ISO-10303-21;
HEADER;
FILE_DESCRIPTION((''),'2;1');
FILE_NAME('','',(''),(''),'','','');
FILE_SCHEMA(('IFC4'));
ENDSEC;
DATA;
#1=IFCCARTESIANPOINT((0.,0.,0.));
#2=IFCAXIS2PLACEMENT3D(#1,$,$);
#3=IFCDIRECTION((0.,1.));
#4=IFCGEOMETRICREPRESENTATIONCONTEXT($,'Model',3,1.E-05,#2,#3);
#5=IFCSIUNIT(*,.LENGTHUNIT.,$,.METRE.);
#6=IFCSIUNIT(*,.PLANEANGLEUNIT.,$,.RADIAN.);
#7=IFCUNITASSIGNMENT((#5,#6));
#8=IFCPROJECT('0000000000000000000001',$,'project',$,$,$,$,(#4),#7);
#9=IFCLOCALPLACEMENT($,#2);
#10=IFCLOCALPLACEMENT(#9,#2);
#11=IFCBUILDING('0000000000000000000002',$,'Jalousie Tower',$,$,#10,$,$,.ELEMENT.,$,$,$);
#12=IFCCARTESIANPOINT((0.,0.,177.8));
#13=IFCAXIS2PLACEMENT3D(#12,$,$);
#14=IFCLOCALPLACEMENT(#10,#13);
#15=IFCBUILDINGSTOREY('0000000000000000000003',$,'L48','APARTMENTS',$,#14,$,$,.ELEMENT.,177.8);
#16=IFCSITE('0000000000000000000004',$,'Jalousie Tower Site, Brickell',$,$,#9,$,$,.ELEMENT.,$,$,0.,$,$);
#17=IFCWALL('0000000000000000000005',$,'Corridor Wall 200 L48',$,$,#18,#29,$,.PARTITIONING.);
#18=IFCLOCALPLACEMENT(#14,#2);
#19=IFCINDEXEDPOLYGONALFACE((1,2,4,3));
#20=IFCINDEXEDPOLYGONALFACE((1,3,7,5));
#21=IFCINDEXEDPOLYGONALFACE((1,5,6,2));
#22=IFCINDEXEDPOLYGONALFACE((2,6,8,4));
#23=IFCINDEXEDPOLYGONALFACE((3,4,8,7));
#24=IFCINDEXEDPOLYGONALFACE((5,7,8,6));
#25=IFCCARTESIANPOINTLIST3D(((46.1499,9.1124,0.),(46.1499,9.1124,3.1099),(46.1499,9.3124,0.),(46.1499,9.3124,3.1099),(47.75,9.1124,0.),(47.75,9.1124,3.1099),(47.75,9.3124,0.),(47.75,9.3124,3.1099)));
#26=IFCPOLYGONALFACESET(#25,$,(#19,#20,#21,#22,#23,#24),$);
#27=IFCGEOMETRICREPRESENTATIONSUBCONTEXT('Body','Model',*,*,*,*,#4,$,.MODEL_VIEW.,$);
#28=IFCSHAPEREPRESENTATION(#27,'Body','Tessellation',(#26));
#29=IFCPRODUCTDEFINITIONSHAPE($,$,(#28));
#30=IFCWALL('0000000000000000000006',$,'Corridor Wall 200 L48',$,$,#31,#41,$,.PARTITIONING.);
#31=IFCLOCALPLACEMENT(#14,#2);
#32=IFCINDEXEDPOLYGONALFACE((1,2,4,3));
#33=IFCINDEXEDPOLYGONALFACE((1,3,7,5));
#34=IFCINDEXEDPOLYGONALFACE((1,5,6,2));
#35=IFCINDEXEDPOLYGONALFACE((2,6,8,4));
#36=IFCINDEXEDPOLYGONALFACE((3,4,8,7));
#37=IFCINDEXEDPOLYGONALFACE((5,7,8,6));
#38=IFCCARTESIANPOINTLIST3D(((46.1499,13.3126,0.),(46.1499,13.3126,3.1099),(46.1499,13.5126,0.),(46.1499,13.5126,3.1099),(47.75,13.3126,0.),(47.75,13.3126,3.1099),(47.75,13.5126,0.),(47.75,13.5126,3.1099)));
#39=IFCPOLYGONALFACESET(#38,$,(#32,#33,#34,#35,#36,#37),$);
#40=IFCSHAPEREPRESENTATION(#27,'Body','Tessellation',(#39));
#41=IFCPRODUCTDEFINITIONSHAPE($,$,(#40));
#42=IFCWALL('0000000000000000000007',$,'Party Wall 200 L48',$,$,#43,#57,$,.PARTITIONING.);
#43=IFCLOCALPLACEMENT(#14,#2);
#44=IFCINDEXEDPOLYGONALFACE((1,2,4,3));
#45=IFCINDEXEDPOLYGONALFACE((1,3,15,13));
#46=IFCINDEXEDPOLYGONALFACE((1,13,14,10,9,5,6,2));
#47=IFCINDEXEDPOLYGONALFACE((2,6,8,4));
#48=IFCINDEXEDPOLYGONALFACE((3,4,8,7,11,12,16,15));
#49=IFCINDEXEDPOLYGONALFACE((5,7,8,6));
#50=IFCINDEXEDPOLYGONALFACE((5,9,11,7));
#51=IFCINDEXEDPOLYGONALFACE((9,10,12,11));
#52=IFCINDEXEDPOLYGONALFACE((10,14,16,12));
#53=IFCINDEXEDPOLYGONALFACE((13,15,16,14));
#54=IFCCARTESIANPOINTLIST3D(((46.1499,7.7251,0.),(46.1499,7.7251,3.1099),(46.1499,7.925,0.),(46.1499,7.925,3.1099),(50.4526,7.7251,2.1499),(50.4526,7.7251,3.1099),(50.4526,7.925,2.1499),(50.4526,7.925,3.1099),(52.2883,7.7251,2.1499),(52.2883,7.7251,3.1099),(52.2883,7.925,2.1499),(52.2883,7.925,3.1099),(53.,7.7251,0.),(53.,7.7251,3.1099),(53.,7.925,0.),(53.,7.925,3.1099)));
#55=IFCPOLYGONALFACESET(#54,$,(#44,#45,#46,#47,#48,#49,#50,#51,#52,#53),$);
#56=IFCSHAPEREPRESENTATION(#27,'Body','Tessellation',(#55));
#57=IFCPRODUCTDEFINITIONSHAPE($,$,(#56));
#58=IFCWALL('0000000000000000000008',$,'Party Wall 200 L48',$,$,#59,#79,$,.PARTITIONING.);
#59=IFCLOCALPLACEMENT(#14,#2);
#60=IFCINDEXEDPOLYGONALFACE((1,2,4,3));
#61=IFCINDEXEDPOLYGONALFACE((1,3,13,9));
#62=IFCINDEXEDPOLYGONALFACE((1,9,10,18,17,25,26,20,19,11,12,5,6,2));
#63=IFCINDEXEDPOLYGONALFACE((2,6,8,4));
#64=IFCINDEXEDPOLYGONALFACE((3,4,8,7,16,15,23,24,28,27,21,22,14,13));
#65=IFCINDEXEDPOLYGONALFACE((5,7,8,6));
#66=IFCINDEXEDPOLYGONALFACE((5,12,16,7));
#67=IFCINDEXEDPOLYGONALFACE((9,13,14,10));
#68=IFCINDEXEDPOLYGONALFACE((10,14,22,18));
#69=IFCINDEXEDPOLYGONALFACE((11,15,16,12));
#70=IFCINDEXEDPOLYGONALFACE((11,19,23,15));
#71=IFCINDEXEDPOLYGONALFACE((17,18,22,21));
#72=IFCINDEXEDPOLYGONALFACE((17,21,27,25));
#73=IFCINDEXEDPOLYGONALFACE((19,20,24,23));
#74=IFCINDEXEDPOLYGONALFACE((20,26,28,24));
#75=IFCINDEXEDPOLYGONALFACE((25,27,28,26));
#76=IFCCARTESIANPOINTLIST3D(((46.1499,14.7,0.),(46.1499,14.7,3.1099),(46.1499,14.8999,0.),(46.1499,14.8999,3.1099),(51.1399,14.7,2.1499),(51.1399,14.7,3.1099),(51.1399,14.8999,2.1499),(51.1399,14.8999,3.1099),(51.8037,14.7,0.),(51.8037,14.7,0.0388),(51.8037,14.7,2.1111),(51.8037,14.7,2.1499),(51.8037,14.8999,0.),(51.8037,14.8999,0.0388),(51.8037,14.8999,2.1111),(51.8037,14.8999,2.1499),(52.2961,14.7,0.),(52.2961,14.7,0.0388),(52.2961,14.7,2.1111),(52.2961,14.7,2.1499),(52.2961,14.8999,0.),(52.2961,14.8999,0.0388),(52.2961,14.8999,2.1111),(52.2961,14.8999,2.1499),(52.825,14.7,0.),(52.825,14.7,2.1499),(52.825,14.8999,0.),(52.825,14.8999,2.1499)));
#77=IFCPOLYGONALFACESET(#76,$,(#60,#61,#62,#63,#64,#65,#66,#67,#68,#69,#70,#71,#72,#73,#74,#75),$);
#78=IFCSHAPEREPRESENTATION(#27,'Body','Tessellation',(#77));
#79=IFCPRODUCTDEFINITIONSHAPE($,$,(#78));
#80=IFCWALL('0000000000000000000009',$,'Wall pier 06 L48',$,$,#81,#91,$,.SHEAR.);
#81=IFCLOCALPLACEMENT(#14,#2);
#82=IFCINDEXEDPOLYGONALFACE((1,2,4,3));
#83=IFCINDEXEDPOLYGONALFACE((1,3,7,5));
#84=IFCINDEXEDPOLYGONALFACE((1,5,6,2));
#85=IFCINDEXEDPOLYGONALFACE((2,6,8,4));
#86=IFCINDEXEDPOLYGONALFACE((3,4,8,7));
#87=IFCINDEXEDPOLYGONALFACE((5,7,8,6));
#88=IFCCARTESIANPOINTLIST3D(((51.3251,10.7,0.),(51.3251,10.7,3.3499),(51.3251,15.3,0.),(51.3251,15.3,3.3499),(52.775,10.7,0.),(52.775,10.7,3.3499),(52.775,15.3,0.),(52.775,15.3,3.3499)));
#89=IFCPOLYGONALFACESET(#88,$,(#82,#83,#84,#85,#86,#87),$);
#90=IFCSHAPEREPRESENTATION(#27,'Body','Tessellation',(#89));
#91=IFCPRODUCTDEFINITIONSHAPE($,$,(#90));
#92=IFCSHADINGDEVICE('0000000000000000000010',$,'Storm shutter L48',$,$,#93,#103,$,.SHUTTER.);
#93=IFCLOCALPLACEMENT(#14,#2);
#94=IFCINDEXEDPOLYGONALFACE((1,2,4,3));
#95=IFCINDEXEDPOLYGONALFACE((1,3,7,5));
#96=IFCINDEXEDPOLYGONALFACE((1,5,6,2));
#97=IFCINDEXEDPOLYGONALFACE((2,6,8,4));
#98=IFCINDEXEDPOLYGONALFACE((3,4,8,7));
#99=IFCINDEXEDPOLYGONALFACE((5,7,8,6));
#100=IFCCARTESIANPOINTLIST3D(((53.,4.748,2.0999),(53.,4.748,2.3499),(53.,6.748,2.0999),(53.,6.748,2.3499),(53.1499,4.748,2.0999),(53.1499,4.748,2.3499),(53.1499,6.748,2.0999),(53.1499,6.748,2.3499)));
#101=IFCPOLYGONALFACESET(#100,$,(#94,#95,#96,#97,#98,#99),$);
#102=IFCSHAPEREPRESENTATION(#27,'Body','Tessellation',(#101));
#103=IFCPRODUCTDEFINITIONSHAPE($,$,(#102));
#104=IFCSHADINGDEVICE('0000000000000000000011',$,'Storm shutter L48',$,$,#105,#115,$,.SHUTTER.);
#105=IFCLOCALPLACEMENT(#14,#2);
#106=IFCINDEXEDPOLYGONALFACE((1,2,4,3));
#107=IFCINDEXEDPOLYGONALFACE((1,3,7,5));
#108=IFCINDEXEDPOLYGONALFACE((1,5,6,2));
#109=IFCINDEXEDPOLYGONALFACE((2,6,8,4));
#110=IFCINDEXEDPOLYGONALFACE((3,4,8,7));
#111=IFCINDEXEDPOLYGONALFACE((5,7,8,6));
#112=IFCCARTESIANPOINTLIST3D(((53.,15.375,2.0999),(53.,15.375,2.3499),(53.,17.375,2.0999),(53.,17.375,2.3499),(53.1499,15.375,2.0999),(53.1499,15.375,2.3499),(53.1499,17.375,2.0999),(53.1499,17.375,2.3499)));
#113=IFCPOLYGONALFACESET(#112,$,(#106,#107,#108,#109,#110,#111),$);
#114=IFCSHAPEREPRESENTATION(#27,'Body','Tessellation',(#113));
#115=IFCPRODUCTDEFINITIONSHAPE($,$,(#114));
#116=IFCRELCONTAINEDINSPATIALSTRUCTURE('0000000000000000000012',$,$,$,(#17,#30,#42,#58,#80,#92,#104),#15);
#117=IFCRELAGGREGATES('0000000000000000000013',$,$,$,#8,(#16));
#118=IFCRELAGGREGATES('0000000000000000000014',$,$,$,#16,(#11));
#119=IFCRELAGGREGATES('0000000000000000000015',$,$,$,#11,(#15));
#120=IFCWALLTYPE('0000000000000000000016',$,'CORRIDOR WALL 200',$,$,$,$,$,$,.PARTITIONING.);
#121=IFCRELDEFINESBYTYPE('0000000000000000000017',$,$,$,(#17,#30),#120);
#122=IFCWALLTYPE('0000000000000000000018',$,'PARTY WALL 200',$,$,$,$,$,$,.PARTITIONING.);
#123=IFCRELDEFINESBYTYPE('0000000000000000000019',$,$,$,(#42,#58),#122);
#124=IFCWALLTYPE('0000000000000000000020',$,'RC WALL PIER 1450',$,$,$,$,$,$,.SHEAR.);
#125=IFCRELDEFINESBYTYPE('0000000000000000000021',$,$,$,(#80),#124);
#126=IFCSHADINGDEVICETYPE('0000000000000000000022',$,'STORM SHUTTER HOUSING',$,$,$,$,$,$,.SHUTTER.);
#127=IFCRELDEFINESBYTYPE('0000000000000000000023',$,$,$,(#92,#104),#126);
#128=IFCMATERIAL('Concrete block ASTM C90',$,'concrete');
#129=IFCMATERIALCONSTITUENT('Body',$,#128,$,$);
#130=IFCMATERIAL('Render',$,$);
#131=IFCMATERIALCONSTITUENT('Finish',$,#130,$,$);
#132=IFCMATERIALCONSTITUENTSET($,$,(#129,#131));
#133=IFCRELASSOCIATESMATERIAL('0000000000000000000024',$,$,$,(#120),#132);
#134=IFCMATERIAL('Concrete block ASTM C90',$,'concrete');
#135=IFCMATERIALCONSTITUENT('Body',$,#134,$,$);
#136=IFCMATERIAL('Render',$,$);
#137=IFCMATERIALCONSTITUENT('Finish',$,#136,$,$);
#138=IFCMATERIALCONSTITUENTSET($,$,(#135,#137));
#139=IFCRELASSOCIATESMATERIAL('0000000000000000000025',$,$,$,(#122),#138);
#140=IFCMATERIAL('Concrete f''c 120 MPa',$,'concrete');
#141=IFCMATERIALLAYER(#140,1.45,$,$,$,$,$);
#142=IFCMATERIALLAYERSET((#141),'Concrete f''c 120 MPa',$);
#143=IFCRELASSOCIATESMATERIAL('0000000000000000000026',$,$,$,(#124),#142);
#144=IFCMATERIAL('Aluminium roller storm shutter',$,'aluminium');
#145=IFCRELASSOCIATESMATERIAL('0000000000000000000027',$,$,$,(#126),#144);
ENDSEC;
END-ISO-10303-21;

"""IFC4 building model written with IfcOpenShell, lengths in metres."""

from ifc_helpers import new_model, si_unit, direction, frame, frame_2d, origin, origin_2d, place, context, subcontext, project, spatial, polyline, rectangle, outline, extrude, material, layer, layer_set, constituent, constituent_set, type_object, element, save


model = new_model("IFC4")

# Units and contexts
model_context = context("Model", 3, precision=1e-05, world=origin(), true_north=direction((0.0, 1.0)))
body_context = subcontext(model_context, "Body", "Model", "MODEL_VIEW")
ifc_project = project(units=[si_unit("LENGTHUNIT", "METRE"), si_unit("PLANEANGLEUNIT", "RADIAN")], contexts=[model_context])

# Site, building, storey
site_placement = place(None, origin())
site = spatial("IfcSite", under=ifc_project, at=site_placement, Name="Jalousie Tower Site, Brickell", CompositionType="ELEMENT", RefElevation=0.0)
building_placement = place(site_placement, origin())
building = spatial("IfcBuilding", under=site, at=building_placement, Name="Jalousie Tower", CompositionType="ELEMENT")
storey_placement = place(building_placement, frame((0.0, 0.0, 177.8)))
storey = spatial("IfcBuildingStorey", under=building, at=storey_placement, Name="L48", Description="APARTMENTS", CompositionType="ELEMENT", Elevation=177.8)

# Shared definitions
ifc_material_1 = material(Name="Concrete block ASTM C90", Category="concrete")
ifc_constituent_1 = constituent(ifc_material_1, Name="Body")
ifc_material_2 = material(Name="Render")
ifc_constituent_2 = constituent(ifc_material_2, Name="Finish")
ifc_constituent_set_1 = constituent_set(constituents=[ifc_constituent_1, ifc_constituent_2])
wall_type_1 = type_object("IfcWallType", Name="CORRIDOR WALL 200", PredefinedType="PARTITIONING", material=ifc_constituent_set_1)

# Walls
for number, where, z_axis, x_axis, name in (
    (1, (46.1499, 9.2124, 0.0), (0.0, 0.0, 1.0), (1.0, 0.0, 0.0), "Corridor Wall 200 L48"),
    (2, (46.1499, 13.4126, 0.0), (0.0, 0.0, 1.0), (1.0, 0.0, 0.0), "Corridor Wall 200 L48"),
):
    element("IfcWall", number, at=place(storey_placement, frame(where, z_axis=z_axis, x_axis=x_axis)), inside=storey, type_object=wall_type_1, Name=name, PredefinedType="PARTITIONING", context=body_context, shape_type="SweptSolid", body=[
        extrude(rectangle(XDim=1.6001, YDim=0.2, at=frame_2d((0.8, 0.0))), origin(), (0.0, 0.0, 1.0), 3.1099),
    ])
ifc_material_3 = material(Name="Concrete block ASTM C90", Category="concrete")
ifc_constituent_3 = constituent(ifc_material_3, Name="Body")
ifc_material_4 = material(Name="Render")
ifc_constituent_4 = constituent(ifc_material_4, Name="Finish")
ifc_constituent_set_2 = constituent_set(constituents=[ifc_constituent_3, ifc_constituent_4])
wall_type_2 = type_object("IfcWallType", Name="PARTY WALL 200", PredefinedType="PARTITIONING", material=ifc_constituent_set_2)
wall_1_placement = place(storey_placement, frame((46.1499, 7.825, 0.0), z_axis=(0.0, 0.0, 1.0), x_axis=(1.0, 0.0, 0.0)))
element("IfcWall", 3, at=wall_1_placement, inside=storey, type_object=wall_type_2, Name="Party Wall 200 L48", PredefinedType="PARTITIONING", context=body_context, shape_type="SweptSolid", body=[
    extrude(outline(polyline([(0.0, 0.0), (6.8501, 0.0), (6.8501, 3.1099), (6.1384, 3.1099), (6.1384, 2.1499), (4.3027, 2.1499), (4.3027, 3.1099), (0.0, 3.1099), (0.0, 0.0)])), frame((0.0, 0.1001, 0.0), z_axis=(0.0, -1.0, 0.0), x_axis=(1.0, 0.0, 0.0)), (0.0, 0.0, 1.0), 0.2),
])
wall_2_placement = place(storey_placement, frame((52.825, 14.8, 0.0), z_axis=(0.0, 0.0, 1.0), x_axis=(-1.0, 0.0, 0.0)))
element("IfcWall", 4, at=wall_2_placement, inside=storey, type_object=wall_type_2, Name="Party Wall 200 L48", PredefinedType="PARTITIONING", context=body_context, shape_type="SweptSolid", body=[
    extrude(outline(polyline([(0.5288, 2.1499), (0.0, 2.1499), (0.0, 0.0), (0.5288, 0.0), (0.5288, 0.0388), (1.0212, 0.0388), (1.0212, 0.0), (6.675, 0.0), (6.675, 3.1099), (1.6851, 3.1099), (1.6851, 2.1499), (1.0212, 2.1499), (1.0212, 2.1111), (0.5288, 2.1111), (0.5288, 2.1499)])), frame((0.0, 0.1001, 0.0), z_axis=(0.0, -1.0, 0.0), x_axis=(1.0, 0.0, 0.0)), (0.0, 0.0, 1.0), 0.2),
])
ifc_material_5 = material(Name="Concrete f'c 120 MPa", Category="concrete")
ifc_layer_1 = layer(ifc_material_5, 1.45)
ifc_layer_set_1 = layer_set([ifc_layer_1], Name="Concrete f'c 120 MPa")
wall_type_3 = type_object("IfcWallType", Name="RC WALL PIER 1450", PredefinedType="SHEAR", material=ifc_layer_set_1)
wall_3_placement = place(storey_placement, frame((52.05, 10.7, 0.0), z_axis=(0.0, 0.0, 1.0), x_axis=(0.0, 1.0, 0.0)))
element("IfcWall", 5, at=wall_3_placement, inside=storey, type_object=wall_type_3, Name="Wall pier 06 L48", PredefinedType="SHEAR", context=body_context, shape_type="SweptSolid", body=[
    extrude(rectangle(XDim=4.6001, YDim=1.45, at=frame_2d((2.3, 0.0))), origin(), (0.0, 0.0, 1.0), 3.3499),
])

# Shading devices
ifc_material_6 = material(Name="Aluminium roller storm shutter", Category="aluminium")
shading_device_type = type_object("IfcShadingDeviceType", Name="STORM SHUTTER HOUSING", PredefinedType="SHUTTER", material=ifc_material_6)
for number, where, z_axis, x_axis, name in (
    (6, (53.075, 5.748, 2.0999), (0.0, 0.0, 1.0), (0.0, 1.0, 0.0), "Storm shutter L48"),
    (7, (53.075, 16.375, 2.0999), (0.0, 0.0, 1.0), (0.0, 1.0, 0.0), "Storm shutter L48"),
):
    element("IfcShadingDevice", number, at=place(storey_placement, frame(where, z_axis=z_axis, x_axis=x_axis)), inside=storey, type_object=shading_device_type, Name=name, PredefinedType="SHUTTER", context=body_context, shape_type="SweptSolid", body=[
        extrude(rectangle(XDim=2.0, YDim=0.1499, at=origin_2d()), origin(), (0.0, 0.0, 1.0), 0.25),
    ])

save(model, "model.ifc")
